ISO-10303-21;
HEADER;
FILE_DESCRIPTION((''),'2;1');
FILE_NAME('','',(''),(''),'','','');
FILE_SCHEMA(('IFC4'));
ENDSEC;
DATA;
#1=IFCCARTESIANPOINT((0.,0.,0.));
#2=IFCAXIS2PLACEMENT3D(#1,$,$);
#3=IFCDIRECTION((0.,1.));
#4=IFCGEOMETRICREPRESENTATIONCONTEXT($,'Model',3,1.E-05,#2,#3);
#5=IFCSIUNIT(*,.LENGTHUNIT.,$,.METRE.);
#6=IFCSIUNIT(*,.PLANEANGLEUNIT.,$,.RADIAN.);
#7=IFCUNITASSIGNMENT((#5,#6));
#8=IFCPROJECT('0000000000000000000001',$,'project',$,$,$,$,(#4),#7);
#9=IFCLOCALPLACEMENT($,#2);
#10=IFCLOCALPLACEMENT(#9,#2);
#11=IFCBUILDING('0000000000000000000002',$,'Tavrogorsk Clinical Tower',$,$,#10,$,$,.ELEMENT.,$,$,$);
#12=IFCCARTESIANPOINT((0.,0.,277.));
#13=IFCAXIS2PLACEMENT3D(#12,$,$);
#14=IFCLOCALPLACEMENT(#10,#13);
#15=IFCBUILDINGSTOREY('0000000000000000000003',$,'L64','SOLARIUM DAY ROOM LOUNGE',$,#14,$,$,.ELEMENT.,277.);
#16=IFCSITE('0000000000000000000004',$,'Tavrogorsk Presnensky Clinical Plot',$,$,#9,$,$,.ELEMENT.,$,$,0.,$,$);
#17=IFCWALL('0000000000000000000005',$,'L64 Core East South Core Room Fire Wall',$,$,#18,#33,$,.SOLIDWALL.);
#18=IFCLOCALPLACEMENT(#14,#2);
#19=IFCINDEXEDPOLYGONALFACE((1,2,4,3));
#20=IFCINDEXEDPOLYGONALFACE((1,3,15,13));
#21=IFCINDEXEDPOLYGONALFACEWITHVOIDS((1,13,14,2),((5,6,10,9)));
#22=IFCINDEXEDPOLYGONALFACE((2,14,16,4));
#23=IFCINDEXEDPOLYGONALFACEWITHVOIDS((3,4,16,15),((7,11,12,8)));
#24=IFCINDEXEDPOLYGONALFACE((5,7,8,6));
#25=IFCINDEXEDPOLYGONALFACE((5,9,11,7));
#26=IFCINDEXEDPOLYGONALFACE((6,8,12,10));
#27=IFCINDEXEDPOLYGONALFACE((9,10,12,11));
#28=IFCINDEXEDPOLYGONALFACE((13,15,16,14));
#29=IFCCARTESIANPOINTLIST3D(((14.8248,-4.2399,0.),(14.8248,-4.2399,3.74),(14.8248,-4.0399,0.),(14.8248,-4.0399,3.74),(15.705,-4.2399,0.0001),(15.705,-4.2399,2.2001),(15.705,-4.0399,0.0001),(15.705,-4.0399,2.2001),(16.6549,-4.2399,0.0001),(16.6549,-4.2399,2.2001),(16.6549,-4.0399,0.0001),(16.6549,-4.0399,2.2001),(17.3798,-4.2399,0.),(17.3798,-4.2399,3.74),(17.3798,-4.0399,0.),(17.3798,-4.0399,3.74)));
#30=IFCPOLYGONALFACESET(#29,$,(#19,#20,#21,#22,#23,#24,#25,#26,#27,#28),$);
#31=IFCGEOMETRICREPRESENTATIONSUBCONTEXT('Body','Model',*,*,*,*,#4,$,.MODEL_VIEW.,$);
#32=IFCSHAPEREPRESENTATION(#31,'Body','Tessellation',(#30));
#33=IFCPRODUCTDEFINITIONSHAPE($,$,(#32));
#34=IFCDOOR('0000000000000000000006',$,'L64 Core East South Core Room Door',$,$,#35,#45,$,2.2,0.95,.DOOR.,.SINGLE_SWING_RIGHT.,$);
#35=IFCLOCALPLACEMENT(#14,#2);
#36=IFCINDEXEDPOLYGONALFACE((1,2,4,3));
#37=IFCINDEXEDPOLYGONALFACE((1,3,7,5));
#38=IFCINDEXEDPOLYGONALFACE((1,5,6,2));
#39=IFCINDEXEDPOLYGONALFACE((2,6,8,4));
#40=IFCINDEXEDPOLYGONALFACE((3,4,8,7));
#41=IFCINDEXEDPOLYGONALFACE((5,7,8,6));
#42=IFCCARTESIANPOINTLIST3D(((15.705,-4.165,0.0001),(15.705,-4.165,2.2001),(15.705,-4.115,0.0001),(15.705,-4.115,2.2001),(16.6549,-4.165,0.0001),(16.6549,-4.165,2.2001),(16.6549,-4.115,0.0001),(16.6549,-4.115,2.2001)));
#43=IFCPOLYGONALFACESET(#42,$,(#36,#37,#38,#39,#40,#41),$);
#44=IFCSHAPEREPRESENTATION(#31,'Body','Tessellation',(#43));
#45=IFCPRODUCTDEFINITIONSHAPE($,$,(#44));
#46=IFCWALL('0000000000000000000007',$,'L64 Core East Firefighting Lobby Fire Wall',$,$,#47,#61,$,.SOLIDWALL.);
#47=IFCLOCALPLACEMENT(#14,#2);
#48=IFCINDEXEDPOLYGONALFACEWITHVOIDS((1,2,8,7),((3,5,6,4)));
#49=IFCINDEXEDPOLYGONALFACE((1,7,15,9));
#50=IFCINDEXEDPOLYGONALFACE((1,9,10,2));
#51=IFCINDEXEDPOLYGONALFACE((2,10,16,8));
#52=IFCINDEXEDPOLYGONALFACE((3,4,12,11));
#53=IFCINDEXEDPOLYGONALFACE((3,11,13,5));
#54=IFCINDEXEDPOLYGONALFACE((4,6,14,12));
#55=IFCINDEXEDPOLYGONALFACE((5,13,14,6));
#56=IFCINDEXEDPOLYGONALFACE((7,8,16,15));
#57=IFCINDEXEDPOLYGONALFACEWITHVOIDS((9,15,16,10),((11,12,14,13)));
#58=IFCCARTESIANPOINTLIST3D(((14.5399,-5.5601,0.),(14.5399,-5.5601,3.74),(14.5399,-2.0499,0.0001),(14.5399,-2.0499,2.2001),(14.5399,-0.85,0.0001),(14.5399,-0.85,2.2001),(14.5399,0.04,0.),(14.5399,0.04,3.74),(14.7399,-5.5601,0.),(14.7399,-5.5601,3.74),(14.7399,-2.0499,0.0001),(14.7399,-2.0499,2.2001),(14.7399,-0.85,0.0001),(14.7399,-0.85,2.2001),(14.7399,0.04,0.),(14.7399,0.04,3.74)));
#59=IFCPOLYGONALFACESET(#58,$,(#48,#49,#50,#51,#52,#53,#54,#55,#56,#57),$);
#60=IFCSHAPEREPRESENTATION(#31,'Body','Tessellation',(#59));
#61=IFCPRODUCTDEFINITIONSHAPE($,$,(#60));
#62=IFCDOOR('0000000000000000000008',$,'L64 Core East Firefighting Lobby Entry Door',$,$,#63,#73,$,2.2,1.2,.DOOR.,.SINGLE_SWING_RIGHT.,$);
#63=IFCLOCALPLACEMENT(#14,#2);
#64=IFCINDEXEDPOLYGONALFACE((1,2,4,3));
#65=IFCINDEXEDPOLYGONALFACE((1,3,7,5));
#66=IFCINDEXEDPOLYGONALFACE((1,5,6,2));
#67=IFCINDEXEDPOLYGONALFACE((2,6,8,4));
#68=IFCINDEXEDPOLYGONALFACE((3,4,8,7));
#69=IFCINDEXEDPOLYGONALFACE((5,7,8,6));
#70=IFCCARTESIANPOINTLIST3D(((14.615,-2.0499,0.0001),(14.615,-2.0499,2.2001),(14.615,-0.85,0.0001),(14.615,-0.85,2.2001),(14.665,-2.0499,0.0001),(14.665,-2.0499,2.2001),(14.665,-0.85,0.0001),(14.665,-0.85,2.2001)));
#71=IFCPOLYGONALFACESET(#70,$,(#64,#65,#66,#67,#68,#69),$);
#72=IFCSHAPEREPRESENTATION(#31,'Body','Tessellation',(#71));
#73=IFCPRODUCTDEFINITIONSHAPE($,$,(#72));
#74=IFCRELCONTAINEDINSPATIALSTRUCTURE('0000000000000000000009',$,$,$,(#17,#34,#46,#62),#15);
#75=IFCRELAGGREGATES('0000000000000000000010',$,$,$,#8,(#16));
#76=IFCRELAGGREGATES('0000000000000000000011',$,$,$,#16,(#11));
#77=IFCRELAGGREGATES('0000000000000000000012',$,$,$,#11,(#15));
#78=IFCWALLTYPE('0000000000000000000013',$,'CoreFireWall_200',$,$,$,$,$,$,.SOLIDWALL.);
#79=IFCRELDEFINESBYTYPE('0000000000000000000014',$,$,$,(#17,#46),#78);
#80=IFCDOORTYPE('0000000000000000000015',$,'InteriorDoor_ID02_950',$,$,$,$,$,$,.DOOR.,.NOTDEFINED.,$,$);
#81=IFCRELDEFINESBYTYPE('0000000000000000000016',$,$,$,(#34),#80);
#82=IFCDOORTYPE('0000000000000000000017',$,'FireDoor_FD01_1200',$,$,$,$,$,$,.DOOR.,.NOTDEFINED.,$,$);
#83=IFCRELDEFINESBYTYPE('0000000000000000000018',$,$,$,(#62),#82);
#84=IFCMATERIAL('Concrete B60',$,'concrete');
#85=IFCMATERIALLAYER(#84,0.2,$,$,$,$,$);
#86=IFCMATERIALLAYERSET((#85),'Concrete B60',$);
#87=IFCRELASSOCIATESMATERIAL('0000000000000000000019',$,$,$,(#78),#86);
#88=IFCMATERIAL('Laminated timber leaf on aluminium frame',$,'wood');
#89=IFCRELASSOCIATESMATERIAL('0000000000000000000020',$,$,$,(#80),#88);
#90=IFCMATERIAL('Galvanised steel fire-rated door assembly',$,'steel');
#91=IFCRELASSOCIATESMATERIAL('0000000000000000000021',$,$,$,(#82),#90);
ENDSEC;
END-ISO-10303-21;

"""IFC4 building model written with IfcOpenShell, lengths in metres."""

from ifc_helpers import new_model, si_unit, direction, frame, frame_2d, origin, place, context, subcontext, project, spatial, rectangle, extrude, material, layer, layer_set, type_object, element, fill, save


model = new_model("IFC4")

# Units and contexts
model_context = context("Model", 3, precision=1e-05, world=origin(), true_north=direction((0.0, 1.0)))
body_context = subcontext(model_context, "Body", "Model", "MODEL_VIEW")
ifc_project = project(units=[si_unit("LENGTHUNIT", "METRE"), si_unit("PLANEANGLEUNIT", "RADIAN")], contexts=[model_context])

# Site, building, storey
site_placement = place(None, origin())
site = spatial("IfcSite", under=ifc_project, at=site_placement, Name="Tavrogorsk Presnensky Clinical Plot", CompositionType="ELEMENT", RefElevation=0.0)
building_placement = place(site_placement, origin())
building = spatial("IfcBuilding", under=site, at=building_placement, Name="Tavrogorsk Clinical Tower", CompositionType="ELEMENT")
storey_placement = place(building_placement, frame((0.0, 0.0, 277.0)))
storey = spatial("IfcBuildingStorey", under=building, at=storey_placement, Name="L64", Description="SOLARIUM DAY ROOM LOUNGE", CompositionType="ELEMENT", Elevation=277.0)

# Walls, openings, doors
ifc_material_1 = material(Name="Concrete B60", Category="concrete")
ifc_layer_1 = layer(ifc_material_1, 0.2)
ifc_layer_set_1 = layer_set([ifc_layer_1], Name="Concrete B60")
wall_type_1 = type_object("IfcWallType", Name="CoreFireWall_200", PredefinedType="SOLIDWALL", material=ifc_layer_set_1)
wall_1_placement = place(storey_placement, frame((14.825, -4.1399, 0.0), z_axis=(0.0, 0.0, 1.0), x_axis=(1.0, 0.0, 0.0)))
wall_1 = element("IfcWall", 1, at=wall_1_placement, inside=storey, type_object=wall_type_1, Name="L64 Core East South Core Room Fire Wall", PredefinedType="SOLIDWALL", context=body_context, shape_type="SweptSolid", body=[
    extrude(rectangle(XDim=2.5549, YDim=0.2, at=frame_2d((1.2773, 0.0))), origin(), (0.0, 0.0, 1.0), 3.74),
])
opening_1_placement = place(wall_1_placement, frame((0.8799, 0.0, 0.0)))
opening_1 = element("IfcOpeningElement", 2, at=opening_1_placement, cuts=wall_1, PredefinedType="OPENING", context=body_context, shape_type="SweptSolid", body=[
    extrude(rectangle(XDim=0.95, YDim=2.2, at=frame_2d((0.4751, 1.1001))), frame((0.0, 0.1099, 0.0), z_axis=(0.0, -1.0, 0.0), x_axis=(1.0, 0.0, 0.0)), (0.0, 0.0, 1.0), 0.22),
])
ifc_material_2 = material(Name="Laminated timber leaf on aluminium frame", Category="wood")
door_type_1 = type_object("IfcDoorType", Name="InteriorDoor_ID02_950", OperationType="NOTDEFINED", PredefinedType="DOOR", material=ifc_material_2)
door_1_placement = place(opening_1_placement, origin())
door_1 = element("IfcDoor", 3, at=door_1_placement, inside=storey, type_object=door_type_1, Name="L64 Core East South Core Room Door", OperationType="SINGLE_SWING_RIGHT", OverallHeight=2.2, OverallWidth=0.95, PredefinedType="DOOR", context=body_context, shape_type="SweptSolid", body=[
    extrude(rectangle(XDim=0.95, YDim=2.2, at=frame_2d((0.4751, 1.1001))), frame((0.0, 0.0249, 0.0), z_axis=(0.0, -1.0, 0.0), x_axis=(1.0, 0.0, 0.0)), (0.0, 0.0, 1.0), 0.05),
])
fill(opening_1, door_1)
wall_2_placement = place(storey_placement, frame((14.6399, -5.5601, 0.0), z_axis=(0.0, 0.0, 1.0), x_axis=(0.0, 1.0, 0.0)))
wall_2 = element("IfcWall", 4, at=wall_2_placement, inside=storey, type_object=wall_type_1, Name="L64 Core East Firefighting Lobby Fire Wall", PredefinedType="SOLIDWALL", context=body_context, shape_type="SweptSolid", body=[
    extrude(rectangle(XDim=5.6001, YDim=0.2, at=frame_2d((2.8, 0.0))), origin(), (0.0, 0.0, 1.0), 3.74),
])
opening_2_placement = place(wall_2_placement, frame((3.51, 0.0, 0.0)))
opening_2 = element("IfcOpeningElement", 5, at=opening_2_placement, cuts=wall_2, PredefinedType="OPENING", context=body_context, shape_type="SweptSolid", body=[
    extrude(rectangle(XDim=1.2, YDim=2.2, at=frame_2d((0.6001, 1.1001))), frame((0.0, 0.1099, 0.0), z_axis=(0.0, -1.0, 0.0), x_axis=(1.0, 0.0, 0.0)), (0.0, 0.0, 1.0), 0.22),
])
ifc_material_3 = material(Name="Galvanised steel fire-rated door assembly", Category="steel")
door_type_2 = type_object("IfcDoorType", Name="FireDoor_FD01_1200", OperationType="NOTDEFINED", PredefinedType="DOOR", material=ifc_material_3)
door_2_placement = place(opening_2_placement, origin())
door_2 = element("IfcDoor", 6, at=door_2_placement, inside=storey, type_object=door_type_2, Name="L64 Core East Firefighting Lobby Entry Door", OperationType="SINGLE_SWING_RIGHT", OverallHeight=2.2, OverallWidth=1.2, PredefinedType="DOOR", context=body_context, shape_type="SweptSolid", body=[
    extrude(rectangle(XDim=1.2, YDim=2.2, at=frame_2d((0.6001, 1.1001))), frame((0.0, 0.0249, 0.0), z_axis=(0.0, -1.0, 0.0), x_axis=(1.0, 0.0, 0.0)), (0.0, 0.0, 1.0), 0.05),
])
fill(opening_2, door_2)

save(model, "model.ifc")
